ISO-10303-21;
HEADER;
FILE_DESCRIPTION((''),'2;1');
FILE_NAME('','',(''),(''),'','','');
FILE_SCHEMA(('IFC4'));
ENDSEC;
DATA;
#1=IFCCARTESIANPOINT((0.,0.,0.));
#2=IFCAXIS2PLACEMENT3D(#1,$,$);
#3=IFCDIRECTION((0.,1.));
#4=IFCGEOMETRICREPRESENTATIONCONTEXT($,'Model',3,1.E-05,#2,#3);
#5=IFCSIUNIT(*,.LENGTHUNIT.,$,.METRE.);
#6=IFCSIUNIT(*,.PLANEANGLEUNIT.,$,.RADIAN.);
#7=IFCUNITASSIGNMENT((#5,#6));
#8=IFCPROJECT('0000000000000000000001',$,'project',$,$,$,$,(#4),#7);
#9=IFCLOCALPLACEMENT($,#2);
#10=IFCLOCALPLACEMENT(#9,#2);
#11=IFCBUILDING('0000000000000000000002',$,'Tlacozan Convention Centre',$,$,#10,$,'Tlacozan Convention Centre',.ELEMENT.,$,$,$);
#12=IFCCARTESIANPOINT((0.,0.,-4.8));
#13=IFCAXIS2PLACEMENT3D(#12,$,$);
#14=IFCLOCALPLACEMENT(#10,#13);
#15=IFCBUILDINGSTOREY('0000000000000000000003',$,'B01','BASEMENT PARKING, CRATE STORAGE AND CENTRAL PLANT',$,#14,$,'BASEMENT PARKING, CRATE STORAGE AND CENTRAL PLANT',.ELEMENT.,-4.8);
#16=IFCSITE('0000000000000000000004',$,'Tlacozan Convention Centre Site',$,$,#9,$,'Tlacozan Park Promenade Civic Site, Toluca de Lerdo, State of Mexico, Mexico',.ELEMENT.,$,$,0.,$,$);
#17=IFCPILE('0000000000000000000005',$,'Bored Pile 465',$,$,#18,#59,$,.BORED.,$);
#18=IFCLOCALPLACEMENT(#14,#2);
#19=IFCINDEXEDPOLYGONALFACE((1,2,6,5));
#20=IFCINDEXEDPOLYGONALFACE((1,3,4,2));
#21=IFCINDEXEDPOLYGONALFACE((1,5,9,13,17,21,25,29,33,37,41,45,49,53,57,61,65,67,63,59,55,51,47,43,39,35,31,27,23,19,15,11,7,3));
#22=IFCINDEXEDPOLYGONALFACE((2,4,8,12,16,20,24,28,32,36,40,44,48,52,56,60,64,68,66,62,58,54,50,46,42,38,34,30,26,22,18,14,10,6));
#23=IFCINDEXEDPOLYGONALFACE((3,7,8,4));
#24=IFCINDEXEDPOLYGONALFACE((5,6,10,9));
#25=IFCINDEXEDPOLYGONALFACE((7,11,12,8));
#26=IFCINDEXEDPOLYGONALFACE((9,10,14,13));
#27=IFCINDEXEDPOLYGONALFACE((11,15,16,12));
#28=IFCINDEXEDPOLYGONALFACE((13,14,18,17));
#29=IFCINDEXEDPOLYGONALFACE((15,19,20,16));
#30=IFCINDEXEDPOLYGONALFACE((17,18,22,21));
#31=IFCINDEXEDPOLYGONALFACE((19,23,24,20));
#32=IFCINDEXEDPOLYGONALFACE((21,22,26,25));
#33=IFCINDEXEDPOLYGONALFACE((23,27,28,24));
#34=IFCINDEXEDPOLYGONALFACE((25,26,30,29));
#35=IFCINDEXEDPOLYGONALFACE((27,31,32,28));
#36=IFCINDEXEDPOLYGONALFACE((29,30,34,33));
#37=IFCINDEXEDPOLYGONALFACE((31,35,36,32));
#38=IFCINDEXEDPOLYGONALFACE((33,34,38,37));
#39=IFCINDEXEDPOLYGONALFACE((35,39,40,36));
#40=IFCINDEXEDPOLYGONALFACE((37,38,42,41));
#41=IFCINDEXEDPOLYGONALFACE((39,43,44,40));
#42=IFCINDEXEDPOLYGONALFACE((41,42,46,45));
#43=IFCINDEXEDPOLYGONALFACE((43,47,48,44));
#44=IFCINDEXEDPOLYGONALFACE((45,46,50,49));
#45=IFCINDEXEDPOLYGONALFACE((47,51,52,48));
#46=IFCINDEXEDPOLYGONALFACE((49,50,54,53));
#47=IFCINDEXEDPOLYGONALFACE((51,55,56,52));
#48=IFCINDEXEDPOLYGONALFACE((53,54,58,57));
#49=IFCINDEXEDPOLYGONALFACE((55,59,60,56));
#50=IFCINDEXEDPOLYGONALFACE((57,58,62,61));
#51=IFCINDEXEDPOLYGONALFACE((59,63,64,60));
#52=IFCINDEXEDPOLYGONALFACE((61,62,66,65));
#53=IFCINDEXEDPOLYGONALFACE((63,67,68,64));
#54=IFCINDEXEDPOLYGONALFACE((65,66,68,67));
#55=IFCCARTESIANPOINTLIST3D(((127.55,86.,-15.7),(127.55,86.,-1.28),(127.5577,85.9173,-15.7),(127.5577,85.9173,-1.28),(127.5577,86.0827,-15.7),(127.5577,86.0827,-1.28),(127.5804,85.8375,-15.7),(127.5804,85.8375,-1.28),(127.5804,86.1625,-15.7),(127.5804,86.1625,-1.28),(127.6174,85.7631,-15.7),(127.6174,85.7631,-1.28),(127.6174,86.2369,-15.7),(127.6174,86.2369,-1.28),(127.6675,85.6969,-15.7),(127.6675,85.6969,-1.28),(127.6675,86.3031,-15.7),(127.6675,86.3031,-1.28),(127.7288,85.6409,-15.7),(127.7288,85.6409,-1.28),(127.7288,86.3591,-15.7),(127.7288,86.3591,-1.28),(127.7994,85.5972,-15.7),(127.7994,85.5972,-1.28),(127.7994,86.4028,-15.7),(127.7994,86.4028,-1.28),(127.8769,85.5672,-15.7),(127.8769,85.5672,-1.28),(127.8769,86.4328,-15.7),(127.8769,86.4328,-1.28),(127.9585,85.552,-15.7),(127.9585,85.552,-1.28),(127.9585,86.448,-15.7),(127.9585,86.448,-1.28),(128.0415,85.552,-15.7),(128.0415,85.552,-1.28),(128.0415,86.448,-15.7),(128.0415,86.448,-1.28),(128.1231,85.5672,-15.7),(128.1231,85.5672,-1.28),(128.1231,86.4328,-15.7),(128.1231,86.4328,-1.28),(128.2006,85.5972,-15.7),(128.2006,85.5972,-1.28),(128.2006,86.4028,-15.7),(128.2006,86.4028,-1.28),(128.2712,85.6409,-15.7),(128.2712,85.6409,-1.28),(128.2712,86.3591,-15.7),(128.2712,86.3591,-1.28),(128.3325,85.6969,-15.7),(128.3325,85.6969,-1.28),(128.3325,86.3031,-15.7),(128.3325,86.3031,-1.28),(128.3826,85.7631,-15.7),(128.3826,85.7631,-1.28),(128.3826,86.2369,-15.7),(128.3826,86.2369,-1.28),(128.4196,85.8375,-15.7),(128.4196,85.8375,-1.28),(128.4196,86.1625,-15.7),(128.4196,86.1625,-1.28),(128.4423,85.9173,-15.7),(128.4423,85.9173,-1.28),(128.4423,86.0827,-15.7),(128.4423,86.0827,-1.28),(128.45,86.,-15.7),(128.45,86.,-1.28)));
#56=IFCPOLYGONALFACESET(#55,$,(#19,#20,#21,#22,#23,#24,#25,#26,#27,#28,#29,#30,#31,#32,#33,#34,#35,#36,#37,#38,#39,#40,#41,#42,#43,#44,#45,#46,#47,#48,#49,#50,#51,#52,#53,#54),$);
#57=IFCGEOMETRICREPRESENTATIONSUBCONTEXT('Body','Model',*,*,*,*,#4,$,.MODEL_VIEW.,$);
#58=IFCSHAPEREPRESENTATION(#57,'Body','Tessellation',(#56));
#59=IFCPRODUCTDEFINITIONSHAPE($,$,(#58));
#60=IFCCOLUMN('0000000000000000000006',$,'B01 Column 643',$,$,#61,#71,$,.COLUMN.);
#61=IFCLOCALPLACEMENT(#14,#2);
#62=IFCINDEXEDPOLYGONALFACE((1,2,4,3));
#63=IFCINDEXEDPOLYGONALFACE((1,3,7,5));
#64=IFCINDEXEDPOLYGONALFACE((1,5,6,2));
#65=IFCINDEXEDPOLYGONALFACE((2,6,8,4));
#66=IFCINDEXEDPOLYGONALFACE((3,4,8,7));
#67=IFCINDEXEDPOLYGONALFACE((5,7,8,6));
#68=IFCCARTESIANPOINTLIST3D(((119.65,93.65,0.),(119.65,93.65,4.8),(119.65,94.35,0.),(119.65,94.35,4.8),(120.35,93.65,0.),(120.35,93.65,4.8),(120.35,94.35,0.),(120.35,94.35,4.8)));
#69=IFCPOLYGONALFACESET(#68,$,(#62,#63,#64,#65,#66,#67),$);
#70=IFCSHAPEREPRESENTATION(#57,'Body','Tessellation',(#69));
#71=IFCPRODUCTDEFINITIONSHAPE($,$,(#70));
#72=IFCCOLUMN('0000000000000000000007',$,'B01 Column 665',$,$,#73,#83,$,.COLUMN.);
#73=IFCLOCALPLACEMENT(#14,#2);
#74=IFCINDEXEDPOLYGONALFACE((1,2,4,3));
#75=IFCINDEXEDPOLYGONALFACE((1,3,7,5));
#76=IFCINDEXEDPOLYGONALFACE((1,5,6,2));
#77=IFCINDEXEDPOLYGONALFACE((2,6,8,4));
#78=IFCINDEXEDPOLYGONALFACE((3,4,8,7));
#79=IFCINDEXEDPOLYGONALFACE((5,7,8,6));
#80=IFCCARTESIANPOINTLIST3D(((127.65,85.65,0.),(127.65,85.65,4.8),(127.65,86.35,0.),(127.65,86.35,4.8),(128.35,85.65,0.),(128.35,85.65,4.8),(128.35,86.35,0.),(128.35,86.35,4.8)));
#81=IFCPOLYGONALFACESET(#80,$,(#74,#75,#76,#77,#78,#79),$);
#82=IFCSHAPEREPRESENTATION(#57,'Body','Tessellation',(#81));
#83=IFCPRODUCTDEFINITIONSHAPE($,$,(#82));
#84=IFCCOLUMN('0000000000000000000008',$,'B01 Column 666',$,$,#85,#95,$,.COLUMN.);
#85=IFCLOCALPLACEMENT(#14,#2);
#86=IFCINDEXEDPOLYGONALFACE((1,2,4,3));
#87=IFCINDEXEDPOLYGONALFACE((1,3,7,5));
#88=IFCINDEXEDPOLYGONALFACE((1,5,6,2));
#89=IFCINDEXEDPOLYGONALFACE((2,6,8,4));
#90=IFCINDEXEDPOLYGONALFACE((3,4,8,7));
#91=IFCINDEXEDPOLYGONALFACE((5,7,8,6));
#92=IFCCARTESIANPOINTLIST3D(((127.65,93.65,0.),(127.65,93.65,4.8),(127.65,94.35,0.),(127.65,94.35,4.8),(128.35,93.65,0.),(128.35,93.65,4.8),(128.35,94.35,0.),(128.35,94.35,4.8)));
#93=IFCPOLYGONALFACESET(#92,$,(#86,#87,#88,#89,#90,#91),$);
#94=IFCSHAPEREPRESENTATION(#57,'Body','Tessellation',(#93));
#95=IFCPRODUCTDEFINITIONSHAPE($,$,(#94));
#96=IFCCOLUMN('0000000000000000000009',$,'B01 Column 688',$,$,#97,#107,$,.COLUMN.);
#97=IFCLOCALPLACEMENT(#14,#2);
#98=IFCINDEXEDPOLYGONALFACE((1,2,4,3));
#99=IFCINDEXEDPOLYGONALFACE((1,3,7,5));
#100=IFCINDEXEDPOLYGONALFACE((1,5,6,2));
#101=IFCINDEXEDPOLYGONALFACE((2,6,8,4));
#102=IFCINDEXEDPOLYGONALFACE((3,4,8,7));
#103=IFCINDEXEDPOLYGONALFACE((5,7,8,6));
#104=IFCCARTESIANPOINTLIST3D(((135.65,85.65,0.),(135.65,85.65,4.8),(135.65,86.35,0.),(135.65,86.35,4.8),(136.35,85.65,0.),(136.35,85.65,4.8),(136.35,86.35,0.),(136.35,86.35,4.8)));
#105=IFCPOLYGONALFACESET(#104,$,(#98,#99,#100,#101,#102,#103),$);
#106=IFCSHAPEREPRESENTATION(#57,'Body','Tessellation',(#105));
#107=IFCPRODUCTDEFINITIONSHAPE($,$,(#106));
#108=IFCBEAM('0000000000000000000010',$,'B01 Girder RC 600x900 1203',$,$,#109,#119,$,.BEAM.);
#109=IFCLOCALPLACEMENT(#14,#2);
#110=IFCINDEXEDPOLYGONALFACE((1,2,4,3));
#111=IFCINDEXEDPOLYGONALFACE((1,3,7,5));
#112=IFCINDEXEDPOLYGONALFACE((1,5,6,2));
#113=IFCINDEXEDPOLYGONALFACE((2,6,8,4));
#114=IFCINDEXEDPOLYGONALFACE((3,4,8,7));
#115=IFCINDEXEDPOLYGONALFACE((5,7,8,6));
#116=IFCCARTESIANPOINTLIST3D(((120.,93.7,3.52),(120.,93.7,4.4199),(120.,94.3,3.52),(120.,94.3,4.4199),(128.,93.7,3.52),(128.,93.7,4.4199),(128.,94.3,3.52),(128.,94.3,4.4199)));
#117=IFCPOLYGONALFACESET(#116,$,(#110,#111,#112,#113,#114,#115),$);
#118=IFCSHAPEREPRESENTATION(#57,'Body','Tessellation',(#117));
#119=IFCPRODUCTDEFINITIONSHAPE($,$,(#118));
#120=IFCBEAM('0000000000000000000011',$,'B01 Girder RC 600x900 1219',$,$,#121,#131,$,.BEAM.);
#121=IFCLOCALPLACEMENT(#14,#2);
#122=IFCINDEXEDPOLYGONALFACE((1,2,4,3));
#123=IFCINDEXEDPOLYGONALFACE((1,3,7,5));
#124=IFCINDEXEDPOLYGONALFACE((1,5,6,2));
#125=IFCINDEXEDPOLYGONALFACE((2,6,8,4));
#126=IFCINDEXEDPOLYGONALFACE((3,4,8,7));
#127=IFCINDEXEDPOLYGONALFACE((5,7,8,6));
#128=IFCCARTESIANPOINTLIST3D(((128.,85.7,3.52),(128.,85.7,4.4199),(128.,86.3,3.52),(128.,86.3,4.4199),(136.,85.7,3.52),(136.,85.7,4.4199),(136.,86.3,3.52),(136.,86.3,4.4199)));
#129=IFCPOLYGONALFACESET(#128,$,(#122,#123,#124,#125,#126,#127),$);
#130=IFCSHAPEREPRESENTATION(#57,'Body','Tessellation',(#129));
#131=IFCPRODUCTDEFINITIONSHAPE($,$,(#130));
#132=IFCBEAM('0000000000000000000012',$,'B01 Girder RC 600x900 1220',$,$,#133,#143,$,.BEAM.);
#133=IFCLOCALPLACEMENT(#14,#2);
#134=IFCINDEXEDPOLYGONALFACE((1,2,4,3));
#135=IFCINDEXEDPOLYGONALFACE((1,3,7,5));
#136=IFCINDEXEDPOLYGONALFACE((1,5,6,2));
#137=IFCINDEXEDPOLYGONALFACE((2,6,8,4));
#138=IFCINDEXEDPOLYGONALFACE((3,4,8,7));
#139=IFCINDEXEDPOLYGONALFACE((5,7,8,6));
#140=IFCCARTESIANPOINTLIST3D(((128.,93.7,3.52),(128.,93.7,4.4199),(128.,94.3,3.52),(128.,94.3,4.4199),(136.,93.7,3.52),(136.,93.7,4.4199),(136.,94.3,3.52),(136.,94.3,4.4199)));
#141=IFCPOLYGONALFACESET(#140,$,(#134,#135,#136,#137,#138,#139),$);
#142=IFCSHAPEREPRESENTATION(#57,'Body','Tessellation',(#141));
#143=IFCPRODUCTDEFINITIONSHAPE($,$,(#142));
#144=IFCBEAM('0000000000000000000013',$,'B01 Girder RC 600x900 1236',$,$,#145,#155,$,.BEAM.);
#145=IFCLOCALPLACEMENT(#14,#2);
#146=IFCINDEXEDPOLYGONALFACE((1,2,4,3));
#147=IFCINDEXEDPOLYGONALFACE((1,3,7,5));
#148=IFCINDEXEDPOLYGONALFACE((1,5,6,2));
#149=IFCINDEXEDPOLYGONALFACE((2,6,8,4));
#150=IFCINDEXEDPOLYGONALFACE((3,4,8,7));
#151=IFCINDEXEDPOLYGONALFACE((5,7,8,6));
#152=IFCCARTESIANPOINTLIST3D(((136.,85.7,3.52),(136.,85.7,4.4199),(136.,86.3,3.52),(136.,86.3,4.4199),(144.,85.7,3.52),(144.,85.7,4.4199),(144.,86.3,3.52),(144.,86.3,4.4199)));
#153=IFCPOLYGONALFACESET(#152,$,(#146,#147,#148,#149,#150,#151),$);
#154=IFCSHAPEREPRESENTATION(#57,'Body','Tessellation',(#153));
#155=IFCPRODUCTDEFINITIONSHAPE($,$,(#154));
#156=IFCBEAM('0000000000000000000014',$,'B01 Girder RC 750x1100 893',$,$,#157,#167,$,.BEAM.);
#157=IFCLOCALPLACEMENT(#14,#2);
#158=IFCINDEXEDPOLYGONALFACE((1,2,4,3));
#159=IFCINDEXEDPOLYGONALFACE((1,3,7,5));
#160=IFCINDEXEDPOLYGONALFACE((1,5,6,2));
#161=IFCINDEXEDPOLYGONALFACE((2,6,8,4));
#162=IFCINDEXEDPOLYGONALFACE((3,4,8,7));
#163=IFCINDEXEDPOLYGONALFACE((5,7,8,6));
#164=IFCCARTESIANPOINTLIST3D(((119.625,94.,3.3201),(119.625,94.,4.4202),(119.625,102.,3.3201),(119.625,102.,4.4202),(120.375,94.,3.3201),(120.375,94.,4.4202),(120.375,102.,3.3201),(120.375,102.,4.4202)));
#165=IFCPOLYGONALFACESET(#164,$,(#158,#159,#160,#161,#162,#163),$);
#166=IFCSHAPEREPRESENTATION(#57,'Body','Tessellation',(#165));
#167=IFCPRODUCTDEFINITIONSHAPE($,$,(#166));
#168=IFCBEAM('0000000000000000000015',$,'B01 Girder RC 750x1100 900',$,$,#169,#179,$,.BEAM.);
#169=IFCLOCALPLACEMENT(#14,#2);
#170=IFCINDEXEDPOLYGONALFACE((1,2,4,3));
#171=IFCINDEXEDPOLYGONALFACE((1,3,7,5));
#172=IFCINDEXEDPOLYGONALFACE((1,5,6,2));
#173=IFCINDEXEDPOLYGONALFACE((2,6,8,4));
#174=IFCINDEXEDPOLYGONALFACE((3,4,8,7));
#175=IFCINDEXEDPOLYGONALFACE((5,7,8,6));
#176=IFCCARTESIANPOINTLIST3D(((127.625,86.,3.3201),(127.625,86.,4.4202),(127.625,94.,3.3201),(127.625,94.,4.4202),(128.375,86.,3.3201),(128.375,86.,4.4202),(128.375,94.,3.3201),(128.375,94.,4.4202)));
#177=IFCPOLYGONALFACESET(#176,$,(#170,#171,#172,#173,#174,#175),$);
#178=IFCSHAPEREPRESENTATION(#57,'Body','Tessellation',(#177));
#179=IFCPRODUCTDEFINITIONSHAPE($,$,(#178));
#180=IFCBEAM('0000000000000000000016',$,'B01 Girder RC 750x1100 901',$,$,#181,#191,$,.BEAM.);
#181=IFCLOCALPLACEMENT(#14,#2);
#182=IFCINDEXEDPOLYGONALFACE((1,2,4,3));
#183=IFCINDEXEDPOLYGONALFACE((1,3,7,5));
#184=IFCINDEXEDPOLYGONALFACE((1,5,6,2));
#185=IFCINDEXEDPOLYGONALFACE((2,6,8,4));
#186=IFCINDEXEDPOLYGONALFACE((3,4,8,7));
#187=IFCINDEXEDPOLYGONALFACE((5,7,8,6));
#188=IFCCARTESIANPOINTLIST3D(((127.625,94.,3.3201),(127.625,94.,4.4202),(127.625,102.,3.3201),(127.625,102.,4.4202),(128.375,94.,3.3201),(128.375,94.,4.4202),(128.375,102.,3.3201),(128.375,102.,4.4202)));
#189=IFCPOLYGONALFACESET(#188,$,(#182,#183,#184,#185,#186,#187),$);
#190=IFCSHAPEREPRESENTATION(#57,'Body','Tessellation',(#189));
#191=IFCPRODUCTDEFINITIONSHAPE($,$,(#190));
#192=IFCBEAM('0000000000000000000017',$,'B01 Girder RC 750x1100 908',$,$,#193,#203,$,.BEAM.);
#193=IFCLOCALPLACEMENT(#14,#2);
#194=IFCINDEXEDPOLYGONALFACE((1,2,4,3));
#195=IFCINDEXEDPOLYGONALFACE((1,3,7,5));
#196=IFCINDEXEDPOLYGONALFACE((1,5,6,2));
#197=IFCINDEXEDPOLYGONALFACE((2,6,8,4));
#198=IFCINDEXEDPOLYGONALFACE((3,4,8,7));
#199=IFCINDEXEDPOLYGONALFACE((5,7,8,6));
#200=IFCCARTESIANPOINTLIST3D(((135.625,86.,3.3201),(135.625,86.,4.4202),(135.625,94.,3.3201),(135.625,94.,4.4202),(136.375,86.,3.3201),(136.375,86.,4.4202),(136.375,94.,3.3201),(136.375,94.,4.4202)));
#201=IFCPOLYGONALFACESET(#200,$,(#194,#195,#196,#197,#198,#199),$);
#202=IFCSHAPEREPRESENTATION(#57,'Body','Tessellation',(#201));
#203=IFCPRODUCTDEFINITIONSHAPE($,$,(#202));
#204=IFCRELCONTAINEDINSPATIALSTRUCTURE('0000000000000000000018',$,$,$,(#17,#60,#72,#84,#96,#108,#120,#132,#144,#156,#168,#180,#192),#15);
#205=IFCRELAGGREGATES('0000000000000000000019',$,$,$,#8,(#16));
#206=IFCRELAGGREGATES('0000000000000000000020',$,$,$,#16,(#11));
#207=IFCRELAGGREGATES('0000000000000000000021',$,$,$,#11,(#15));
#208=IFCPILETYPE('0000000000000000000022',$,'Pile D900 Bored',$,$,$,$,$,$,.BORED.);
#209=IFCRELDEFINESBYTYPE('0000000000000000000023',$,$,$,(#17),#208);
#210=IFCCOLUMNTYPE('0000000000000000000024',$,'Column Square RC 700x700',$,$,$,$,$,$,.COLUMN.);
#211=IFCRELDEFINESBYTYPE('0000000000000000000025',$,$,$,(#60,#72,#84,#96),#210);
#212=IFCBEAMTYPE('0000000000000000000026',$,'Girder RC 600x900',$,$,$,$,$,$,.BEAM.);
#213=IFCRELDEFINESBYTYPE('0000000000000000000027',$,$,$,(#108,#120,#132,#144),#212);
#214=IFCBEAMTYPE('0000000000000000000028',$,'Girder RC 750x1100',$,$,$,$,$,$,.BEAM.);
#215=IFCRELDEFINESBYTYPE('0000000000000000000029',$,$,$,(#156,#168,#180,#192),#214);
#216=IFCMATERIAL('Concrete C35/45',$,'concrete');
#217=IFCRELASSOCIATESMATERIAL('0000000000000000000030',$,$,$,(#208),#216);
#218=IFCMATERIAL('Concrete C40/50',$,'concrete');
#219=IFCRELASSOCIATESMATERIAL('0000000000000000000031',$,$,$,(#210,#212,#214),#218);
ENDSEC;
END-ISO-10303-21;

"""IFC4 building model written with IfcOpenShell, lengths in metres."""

from ifc_helpers import new_model, si_unit, direction, frame, origin, origin_2d, place, context, subcontext, project, spatial, rectangle, circle, extrude, material, material_profile, profile_set, type_object, element, save


model = new_model("IFC4")

# Units and contexts
model_context = context("Model", 3, precision=1e-05, world=origin(), true_north=direction((0.0, 1.0)))
body_context = subcontext(model_context, "Body", "Model", "MODEL_VIEW")
ifc_project = project(units=[si_unit("LENGTHUNIT", "METRE"), si_unit("PLANEANGLEUNIT", "RADIAN")], contexts=[model_context])

# Site, building, storey
site_placement = place(None, origin())
site = spatial("IfcSite", under=ifc_project, at=site_placement, Name="Tlacozan Convention Centre Site", LongName="Tlacozan Park Promenade Civic Site, Toluca de Lerdo, State of Mexico, Mexico", CompositionType="ELEMENT", RefElevation=0.0)
building_placement = place(site_placement, origin())
building = spatial("IfcBuilding", under=site, at=building_placement, Name="Tlacozan Convention Centre", LongName="Tlacozan Convention Centre", CompositionType="ELEMENT")
storey_placement = place(building_placement, frame((0.0, 0.0, -4.8)))
storey = spatial("IfcBuildingStorey", under=building, at=storey_placement, Name="B01", Description="BASEMENT PARKING, CRATE STORAGE AND CENTRAL PLANT", LongName="BASEMENT PARKING, CRATE STORAGE AND CENTRAL PLANT", CompositionType="ELEMENT", Elevation=-4.8)

# Shared definitions
ifc_material_1 = material(Name="Concrete C35/45", Category="concrete")

# Pile
ifc_material_profile_1 = material_profile(ifc_material_1, circle(Radius=0.45, at=origin_2d()), Name="PILE D900")
ifc_profile_set_1 = profile_set([ifc_material_profile_1], Name="Concrete C35/45")
pile_type_1 = type_object("IfcPileType", Name="Pile D900 Bored", PredefinedType="BORED", material=ifc_profile_set_1)
for number, where, z_axis, x_axis, name in (
    (1, (128.0, 86.0, -1.28), (0.0, 0.0, -1.0), (1.0, 0.0, 0.0), "Bored Pile 465"),
):
    element("IfcPile", number, at=place(storey_placement, frame(where, z_axis=z_axis, x_axis=x_axis)), inside=storey, type_object=pile_type_1, Name=name, PredefinedType="BORED", context=body_context, shape_type="SweptSolid", body=[
        extrude(circle(Radius=0.45, at=origin_2d()), origin(), (0.0, 0.0, 1.0), 14.4199),
    ])

# Columns
ifc_material_2 = material(Name="Concrete C40/50", Category="concrete")
ifc_material_profile_2 = material_profile(ifc_material_2, rectangle(XDim=0.7, YDim=0.7, at=origin_2d()), Name="RC 700x700")
ifc_profile_set_2 = profile_set([ifc_material_profile_2], Name="Concrete C40/50")
column_type = type_object("IfcColumnType", Name="Column Square RC 700x700", PredefinedType="COLUMN", material=ifc_profile_set_2)
for number, where, z_axis, x_axis, name in (
    (2, (120.0, 94.0, 0.0), (0.0, 0.0, 1.0), (1.0, 0.0, 0.0), "B01 Column 643"),
    (3, (128.0, 86.0, 0.0), (0.0, 0.0, 1.0), (1.0, 0.0, 0.0), "B01 Column 665"),
    (4, (128.0, 94.0, 0.0), (0.0, 0.0, 1.0), (1.0, 0.0, 0.0), "B01 Column 666"),
    (5, (136.0, 86.0, 0.0), (0.0, 0.0, 1.0), (1.0, 0.0, 0.0), "B01 Column 688"),
):
    element("IfcColumn", number, at=place(storey_placement, frame(where, z_axis=z_axis, x_axis=x_axis)), inside=storey, type_object=column_type, Name=name, PredefinedType="COLUMN", context=body_context, shape_type="SweptSolid", body=[
        extrude(rectangle(XDim=0.7, YDim=0.7, at=origin_2d()), origin(), (0.0, 0.0, 1.0), 4.8),
    ])

# Beams
ifc_material_profile_3 = material_profile(ifc_material_2, rectangle(XDim=0.6001, YDim=0.8999, at=origin_2d()), Name="RC 600x900")
ifc_profile_set_3 = profile_set([ifc_material_profile_3], Name="Concrete C40/50")
beam_type_1 = type_object("IfcBeamType", Name="Girder RC 600x900", PredefinedType="BEAM", material=ifc_profile_set_3)
for number, where, z_axis, x_axis, name in (
    (6, (120.0, 94.0, 3.97), (1.0, 0.0, 0.0), (0.0, 1.0, 0.0), "B01 Girder RC 600x900 1203"),
    (7, (128.0, 86.0, 3.97), (1.0, 0.0, 0.0), (0.0, 1.0, 0.0), "B01 Girder RC 600x900 1219"),
    (8, (128.0, 94.0, 3.97), (1.0, 0.0, 0.0), (0.0, 1.0, 0.0), "B01 Girder RC 600x900 1220"),
    (9, (136.0, 86.0, 3.97), (1.0, 0.0, 0.0), (0.0, 1.0, 0.0), "B01 Girder RC 600x900 1236"),
):
    element("IfcBeam", number, at=place(storey_placement, frame(where, z_axis=z_axis, x_axis=x_axis)), inside=storey, type_object=beam_type_1, Name=name, PredefinedType="BEAM", context=body_context, shape_type="SweptSolid", body=[
        extrude(rectangle(XDim=0.6001, YDim=0.8999, at=origin_2d()), origin(), (0.0, 0.0, 1.0), 8.0),
    ])
ifc_material_profile_4 = material_profile(ifc_material_2, rectangle(XDim=0.75, YDim=1.1001, at=origin_2d()), Name="RC 750x1100")
ifc_profile_set_4 = profile_set([ifc_material_profile_4], Name="Concrete C40/50")
beam_type_2 = type_object("IfcBeamType", Name="Girder RC 750x1100", PredefinedType="BEAM", material=ifc_profile_set_4)
for number, where, z_axis, x_axis, name in (
    (10, (120.0, 94.0, 3.8701), (0.0, 1.0, 0.0), (-1.0, 0.0, 0.0), "B01 Girder RC 750x1100 893"),
    (11, (128.0, 86.0, 3.8701), (0.0, 1.0, 0.0), (-1.0, 0.0, 0.0), "B01 Girder RC 750x1100 900"),
    (12, (128.0, 94.0, 3.8701), (0.0, 1.0, 0.0), (-1.0, 0.0, 0.0), "B01 Girder RC 750x1100 901"),
    (13, (136.0, 86.0, 3.8701), (0.0, 1.0, 0.0), (-1.0, 0.0, 0.0), "B01 Girder RC 750x1100 908"),
):
    element("IfcBeam", number, at=place(storey_placement, frame(where, z_axis=z_axis, x_axis=x_axis)), inside=storey, type_object=beam_type_2, Name=name, PredefinedType="BEAM", context=body_context, shape_type="SweptSolid", body=[
        extrude(rectangle(XDim=0.75, YDim=1.1001, at=origin_2d()), origin(), (0.0, 0.0, 1.0), 8.0),
    ])

save(model, "model.ifc")
